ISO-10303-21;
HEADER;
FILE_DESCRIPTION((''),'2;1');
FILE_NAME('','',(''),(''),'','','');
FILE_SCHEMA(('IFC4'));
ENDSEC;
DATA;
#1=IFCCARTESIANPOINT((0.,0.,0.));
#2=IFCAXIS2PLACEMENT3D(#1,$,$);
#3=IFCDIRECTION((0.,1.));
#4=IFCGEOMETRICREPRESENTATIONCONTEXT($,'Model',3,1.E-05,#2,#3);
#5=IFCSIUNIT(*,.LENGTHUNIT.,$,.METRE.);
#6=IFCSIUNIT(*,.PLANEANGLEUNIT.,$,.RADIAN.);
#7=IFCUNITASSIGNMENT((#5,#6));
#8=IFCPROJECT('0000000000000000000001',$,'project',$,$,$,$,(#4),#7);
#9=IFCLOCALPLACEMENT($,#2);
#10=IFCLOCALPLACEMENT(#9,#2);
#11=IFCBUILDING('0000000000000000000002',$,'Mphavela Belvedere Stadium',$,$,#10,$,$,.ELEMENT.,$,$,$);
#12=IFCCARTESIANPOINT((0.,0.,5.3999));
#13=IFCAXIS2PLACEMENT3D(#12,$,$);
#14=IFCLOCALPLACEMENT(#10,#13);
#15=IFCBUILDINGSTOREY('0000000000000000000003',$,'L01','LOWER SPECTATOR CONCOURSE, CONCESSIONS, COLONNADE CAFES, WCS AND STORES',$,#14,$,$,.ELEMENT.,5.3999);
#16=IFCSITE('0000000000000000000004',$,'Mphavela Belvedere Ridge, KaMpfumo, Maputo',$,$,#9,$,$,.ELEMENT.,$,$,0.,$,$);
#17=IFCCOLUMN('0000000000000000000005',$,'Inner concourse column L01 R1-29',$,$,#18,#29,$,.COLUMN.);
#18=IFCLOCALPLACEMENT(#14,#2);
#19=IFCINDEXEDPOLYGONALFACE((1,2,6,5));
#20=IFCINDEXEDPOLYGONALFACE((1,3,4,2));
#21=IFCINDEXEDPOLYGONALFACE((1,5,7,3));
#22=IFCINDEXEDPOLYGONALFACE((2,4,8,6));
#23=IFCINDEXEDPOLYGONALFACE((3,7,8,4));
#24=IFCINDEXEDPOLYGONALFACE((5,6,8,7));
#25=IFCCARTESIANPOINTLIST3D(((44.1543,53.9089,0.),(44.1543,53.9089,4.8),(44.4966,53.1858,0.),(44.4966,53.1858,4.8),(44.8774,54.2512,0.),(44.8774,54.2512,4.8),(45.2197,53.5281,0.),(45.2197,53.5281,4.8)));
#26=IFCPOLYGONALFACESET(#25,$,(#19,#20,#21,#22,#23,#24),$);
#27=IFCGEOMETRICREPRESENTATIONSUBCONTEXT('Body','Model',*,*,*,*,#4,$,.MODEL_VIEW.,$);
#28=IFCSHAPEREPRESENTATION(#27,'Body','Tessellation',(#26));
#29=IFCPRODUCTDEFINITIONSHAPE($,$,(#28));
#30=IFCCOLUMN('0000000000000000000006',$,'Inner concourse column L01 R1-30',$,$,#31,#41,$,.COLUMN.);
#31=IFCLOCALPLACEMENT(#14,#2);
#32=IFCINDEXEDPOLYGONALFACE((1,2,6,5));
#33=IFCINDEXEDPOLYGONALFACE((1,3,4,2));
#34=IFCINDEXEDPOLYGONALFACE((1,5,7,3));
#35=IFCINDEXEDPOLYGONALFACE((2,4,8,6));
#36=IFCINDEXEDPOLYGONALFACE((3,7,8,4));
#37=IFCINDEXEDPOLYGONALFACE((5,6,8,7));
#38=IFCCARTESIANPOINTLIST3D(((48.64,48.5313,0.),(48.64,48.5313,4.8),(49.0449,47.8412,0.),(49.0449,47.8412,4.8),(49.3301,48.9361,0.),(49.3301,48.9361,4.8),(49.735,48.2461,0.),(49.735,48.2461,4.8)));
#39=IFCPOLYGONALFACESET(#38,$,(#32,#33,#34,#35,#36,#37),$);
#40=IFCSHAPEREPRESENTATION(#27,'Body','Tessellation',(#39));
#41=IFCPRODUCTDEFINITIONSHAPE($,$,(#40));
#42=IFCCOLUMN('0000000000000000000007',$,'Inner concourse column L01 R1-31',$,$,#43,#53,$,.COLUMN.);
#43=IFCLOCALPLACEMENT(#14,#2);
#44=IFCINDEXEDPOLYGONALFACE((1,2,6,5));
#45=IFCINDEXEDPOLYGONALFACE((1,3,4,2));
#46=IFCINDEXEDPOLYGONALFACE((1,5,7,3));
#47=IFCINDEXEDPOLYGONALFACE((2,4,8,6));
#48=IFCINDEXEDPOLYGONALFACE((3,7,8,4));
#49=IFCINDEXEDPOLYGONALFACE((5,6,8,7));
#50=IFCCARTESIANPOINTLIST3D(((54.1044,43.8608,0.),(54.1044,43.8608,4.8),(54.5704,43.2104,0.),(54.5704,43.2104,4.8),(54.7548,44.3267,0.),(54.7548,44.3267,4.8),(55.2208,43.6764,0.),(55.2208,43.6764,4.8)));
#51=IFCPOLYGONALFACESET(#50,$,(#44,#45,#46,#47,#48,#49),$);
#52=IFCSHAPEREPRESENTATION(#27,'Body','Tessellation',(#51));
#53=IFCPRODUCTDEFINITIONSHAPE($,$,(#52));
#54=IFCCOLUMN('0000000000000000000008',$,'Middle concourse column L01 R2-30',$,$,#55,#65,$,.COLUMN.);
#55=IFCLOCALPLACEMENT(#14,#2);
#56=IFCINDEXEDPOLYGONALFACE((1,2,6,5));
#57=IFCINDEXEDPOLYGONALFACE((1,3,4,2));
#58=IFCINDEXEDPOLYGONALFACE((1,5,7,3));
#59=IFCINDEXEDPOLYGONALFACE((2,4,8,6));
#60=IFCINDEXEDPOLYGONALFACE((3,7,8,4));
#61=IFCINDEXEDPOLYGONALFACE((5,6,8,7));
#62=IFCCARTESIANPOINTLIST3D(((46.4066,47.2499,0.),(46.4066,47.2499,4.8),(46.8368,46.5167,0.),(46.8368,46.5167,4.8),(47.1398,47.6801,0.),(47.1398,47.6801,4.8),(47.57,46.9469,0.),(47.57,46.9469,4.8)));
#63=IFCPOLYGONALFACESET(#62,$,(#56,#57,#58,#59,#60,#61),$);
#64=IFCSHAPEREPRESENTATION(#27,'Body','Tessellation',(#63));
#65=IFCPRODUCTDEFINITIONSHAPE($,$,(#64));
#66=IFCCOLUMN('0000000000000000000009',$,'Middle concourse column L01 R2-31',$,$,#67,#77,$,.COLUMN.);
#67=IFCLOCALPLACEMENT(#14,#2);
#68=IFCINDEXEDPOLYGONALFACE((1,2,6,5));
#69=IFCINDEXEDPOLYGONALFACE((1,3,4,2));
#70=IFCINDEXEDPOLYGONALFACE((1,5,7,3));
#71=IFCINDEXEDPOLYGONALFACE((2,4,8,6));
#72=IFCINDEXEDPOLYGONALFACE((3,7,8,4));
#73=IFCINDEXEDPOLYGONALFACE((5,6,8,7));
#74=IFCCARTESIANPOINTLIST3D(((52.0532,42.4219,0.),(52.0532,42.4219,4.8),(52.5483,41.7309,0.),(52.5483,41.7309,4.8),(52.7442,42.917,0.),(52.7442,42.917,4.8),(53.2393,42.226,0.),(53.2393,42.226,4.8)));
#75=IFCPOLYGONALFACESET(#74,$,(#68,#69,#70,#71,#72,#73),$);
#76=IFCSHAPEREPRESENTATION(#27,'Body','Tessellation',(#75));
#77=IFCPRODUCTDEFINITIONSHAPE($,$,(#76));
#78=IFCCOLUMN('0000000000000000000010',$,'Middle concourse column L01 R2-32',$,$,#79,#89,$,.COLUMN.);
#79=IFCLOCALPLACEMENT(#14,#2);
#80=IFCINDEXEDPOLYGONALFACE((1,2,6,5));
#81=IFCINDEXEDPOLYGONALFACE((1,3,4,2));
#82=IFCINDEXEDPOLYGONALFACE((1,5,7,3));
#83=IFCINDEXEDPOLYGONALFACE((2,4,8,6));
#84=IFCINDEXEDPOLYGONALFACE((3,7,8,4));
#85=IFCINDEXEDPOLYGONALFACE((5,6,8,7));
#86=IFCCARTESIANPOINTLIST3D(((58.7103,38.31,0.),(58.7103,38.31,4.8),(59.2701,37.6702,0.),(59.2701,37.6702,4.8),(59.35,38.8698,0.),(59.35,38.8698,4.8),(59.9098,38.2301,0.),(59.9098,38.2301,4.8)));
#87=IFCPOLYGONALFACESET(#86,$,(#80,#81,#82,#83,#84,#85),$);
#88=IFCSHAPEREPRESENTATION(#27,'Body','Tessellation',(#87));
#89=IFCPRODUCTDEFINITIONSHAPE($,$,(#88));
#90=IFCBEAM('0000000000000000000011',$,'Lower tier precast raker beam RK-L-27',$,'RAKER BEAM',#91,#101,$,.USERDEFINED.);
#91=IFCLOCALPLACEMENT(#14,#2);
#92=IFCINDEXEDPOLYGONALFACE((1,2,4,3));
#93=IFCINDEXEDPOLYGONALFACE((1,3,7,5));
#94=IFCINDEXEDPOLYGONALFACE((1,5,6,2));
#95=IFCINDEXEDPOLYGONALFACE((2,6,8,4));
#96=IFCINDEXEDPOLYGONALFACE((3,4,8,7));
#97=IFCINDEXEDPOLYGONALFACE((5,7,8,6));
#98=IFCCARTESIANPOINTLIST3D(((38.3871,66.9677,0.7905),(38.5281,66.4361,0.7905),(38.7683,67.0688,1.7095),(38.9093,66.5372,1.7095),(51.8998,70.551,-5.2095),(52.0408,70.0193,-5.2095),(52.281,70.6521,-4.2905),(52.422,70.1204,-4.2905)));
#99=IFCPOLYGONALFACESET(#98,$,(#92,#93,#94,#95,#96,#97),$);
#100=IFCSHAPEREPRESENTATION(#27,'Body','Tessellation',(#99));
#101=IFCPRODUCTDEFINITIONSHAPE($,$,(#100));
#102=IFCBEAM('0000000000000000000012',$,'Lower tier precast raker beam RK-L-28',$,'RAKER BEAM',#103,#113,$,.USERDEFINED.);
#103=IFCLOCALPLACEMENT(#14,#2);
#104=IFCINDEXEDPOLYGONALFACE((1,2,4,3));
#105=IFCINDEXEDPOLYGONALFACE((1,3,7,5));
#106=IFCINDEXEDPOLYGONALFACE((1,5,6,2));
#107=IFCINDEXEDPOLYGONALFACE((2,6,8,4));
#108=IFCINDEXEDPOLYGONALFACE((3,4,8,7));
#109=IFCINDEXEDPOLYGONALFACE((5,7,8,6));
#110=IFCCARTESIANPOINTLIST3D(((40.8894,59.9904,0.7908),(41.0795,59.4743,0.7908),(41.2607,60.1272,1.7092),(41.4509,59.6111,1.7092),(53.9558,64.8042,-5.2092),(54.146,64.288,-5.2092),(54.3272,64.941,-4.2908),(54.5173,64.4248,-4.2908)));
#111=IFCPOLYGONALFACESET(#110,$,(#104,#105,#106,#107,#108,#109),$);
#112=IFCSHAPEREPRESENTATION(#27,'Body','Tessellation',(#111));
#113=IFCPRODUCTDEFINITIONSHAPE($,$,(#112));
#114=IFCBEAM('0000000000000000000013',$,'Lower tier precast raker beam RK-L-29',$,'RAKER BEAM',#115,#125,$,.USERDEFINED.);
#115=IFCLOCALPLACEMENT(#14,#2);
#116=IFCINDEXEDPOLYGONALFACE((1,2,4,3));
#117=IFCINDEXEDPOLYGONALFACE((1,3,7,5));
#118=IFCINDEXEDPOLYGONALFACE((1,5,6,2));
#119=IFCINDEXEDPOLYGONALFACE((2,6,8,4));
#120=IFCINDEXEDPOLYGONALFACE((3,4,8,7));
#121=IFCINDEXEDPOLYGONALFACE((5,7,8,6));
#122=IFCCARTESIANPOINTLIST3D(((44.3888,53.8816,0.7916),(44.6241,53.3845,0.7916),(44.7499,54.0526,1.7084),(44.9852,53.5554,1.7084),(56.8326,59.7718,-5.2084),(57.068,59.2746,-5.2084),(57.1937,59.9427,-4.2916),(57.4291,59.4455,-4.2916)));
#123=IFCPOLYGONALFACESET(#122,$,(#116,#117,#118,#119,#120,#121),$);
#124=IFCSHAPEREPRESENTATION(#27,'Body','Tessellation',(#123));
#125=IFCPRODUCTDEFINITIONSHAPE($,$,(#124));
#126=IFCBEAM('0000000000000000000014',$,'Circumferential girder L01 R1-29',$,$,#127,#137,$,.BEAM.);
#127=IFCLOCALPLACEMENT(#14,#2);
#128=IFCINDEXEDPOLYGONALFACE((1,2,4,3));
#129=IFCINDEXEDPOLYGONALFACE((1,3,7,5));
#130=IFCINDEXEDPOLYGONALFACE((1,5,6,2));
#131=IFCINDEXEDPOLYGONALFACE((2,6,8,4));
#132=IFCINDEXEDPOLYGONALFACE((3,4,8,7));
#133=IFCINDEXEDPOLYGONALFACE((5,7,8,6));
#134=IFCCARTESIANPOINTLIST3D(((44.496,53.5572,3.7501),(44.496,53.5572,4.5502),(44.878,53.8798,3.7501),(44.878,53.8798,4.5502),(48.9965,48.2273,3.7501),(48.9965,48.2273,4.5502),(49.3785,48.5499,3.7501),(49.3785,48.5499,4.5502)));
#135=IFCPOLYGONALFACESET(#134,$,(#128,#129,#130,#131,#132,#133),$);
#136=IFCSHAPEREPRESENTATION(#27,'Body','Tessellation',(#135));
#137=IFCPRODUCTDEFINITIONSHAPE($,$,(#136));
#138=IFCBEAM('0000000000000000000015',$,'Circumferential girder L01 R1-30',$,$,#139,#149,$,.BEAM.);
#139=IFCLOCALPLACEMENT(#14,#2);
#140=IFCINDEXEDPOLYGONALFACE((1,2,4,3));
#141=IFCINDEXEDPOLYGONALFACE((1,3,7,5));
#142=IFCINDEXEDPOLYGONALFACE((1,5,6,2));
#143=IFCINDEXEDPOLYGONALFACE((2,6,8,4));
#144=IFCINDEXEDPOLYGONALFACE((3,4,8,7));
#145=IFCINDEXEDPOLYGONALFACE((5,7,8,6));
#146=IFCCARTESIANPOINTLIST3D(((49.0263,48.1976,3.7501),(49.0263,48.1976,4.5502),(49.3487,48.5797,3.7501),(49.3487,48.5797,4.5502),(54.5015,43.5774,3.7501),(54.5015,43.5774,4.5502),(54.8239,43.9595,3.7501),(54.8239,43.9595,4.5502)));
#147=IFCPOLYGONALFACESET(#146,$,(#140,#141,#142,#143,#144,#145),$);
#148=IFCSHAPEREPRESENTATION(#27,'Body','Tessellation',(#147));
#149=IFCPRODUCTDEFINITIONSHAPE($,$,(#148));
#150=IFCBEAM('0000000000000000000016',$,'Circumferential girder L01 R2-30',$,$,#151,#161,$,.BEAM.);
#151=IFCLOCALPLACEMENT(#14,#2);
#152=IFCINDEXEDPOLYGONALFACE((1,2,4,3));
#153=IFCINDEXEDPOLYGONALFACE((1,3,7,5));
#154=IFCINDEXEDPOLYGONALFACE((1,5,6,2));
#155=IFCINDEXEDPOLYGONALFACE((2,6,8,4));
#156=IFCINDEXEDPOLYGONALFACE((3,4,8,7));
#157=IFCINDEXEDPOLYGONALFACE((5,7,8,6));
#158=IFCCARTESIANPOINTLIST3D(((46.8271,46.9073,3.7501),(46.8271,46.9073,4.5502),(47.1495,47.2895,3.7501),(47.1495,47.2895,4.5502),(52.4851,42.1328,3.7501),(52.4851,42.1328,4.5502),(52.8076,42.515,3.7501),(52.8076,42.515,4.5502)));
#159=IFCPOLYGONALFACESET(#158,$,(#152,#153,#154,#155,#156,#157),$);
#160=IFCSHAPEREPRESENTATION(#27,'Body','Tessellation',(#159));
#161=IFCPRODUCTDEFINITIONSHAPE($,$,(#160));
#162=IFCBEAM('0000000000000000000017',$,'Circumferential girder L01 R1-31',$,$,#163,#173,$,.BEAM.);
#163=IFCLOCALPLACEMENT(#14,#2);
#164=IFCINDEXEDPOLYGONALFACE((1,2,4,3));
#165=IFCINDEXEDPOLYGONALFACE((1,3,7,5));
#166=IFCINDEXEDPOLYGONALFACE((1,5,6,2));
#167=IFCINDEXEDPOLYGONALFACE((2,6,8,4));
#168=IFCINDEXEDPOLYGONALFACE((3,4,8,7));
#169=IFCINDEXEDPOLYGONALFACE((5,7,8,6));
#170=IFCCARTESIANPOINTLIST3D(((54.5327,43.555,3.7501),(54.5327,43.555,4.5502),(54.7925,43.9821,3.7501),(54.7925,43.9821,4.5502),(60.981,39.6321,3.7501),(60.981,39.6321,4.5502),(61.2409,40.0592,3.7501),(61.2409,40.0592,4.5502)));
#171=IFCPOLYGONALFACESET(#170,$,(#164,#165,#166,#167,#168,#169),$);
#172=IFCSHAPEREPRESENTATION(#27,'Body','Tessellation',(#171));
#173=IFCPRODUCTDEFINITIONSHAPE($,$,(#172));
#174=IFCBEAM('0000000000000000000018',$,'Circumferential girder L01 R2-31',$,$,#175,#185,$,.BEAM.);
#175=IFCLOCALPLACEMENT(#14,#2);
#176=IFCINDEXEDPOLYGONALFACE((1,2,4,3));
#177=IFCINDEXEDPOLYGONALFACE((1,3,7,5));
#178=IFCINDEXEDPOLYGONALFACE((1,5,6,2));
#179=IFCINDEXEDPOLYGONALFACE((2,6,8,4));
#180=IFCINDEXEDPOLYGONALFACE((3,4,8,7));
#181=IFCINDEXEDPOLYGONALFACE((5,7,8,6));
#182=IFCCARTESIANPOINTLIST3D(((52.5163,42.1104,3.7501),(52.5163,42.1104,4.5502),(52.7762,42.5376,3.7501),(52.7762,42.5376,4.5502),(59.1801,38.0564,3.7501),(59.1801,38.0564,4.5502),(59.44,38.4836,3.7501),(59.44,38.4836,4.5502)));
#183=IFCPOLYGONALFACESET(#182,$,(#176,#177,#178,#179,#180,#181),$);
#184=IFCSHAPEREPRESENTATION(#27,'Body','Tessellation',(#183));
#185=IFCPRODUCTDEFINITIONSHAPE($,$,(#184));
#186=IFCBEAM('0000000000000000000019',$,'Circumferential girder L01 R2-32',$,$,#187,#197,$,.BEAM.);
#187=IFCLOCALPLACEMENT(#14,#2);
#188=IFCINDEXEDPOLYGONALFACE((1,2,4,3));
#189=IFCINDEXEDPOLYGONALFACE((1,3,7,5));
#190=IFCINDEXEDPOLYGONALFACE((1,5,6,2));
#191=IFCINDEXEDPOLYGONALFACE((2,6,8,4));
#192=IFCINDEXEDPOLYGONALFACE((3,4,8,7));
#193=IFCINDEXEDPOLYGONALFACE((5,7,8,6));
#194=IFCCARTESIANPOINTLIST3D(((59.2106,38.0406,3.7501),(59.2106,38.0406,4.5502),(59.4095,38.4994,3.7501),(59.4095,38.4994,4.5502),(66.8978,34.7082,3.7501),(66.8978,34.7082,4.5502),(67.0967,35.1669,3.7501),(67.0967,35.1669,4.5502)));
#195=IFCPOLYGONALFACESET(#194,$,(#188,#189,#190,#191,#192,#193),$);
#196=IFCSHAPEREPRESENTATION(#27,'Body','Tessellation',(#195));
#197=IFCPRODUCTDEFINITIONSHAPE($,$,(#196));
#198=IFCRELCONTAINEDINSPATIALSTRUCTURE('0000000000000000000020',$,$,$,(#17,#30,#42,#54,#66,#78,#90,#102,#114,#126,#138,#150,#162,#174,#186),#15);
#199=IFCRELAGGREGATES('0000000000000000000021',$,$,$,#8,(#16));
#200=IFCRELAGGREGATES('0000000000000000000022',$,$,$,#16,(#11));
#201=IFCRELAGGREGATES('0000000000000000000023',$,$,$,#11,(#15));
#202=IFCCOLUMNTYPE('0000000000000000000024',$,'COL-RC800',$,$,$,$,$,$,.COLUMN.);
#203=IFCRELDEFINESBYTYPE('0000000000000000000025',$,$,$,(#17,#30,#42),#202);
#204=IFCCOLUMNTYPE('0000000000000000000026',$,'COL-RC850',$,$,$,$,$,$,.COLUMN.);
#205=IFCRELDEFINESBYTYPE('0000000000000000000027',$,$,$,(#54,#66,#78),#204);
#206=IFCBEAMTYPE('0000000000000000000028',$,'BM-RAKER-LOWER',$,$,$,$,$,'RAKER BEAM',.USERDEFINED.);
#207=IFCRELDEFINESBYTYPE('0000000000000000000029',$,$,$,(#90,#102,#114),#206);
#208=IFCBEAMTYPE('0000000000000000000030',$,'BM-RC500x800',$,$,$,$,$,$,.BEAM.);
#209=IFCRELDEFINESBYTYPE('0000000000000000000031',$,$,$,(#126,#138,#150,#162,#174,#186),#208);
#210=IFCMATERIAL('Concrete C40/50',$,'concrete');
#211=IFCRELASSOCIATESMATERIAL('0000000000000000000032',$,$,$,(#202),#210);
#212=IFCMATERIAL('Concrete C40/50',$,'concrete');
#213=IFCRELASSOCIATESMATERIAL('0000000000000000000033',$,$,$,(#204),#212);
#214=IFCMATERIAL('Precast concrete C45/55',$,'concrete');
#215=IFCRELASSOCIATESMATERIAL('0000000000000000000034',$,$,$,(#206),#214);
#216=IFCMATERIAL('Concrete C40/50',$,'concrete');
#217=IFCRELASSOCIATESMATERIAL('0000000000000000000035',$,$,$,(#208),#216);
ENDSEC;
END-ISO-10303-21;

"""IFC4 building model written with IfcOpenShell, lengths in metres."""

from ifc_helpers import new_model, si_unit, direction, frame, origin, origin_2d, place, context, subcontext, project, spatial, rectangle, extrude, material, material_profile, profile_set, type_object, element, save


model = new_model("IFC4")

# Units and contexts
model_context = context("Model", 3, precision=1e-05, world=origin(), true_north=direction((0.0, 1.0)))
body_context = subcontext(model_context, "Body", "Model", "MODEL_VIEW")
ifc_project = project(units=[si_unit("LENGTHUNIT", "METRE"), si_unit("PLANEANGLEUNIT", "RADIAN")], contexts=[model_context])

# Site, building, storey
site_placement = place(None, origin())
site = spatial("IfcSite", under=ifc_project, at=site_placement, Name="Mphavela Belvedere Ridge, KaMpfumo, Maputo", CompositionType="ELEMENT", RefElevation=0.0)
building_placement = place(site_placement, origin())
building = spatial("IfcBuilding", under=site, at=building_placement, Name="Mphavela Belvedere Stadium", CompositionType="ELEMENT")
storey_placement = place(building_placement, frame((0.0, 0.0, 5.3999)))
storey = spatial("IfcBuildingStorey", under=building, at=storey_placement, Name="L01", Description="LOWER SPECTATOR CONCOURSE, CONCESSIONS, COLONNADE CAFES, WCS AND STORES", CompositionType="ELEMENT", Elevation=5.3999)

# Columns
ifc_material_1 = material(Name="Concrete C40/50", Category="concrete")
ifc_material_profile_1 = material_profile(ifc_material_1, rectangle(XDim=0.8, YDim=0.8, at=origin_2d()), Name="RC 800x800")
ifc_profile_set_1 = profile_set([ifc_material_profile_1], Name="Concrete C40/50")
column_type_1 = type_object("IfcColumnType", Name="COL-RC800", PredefinedType="COLUMN", material=ifc_profile_set_1)
for number, where, z_axis, x_axis, name in (
    (1, (44.687, 53.7185, 0.0), (0.0, 0.0, 1.0), (-0.903859, -0.427831, 0.0), "Inner concourse column L01 R1-29"),
    (2, (49.1875, 48.3887, 0.0), (0.0, 0.0, 1.0), (-0.862514, -0.506034, 0.0), "Inner concourse column L01 R1-30"),
    (3, (54.6626, 43.7686, 0.0), (0.0, 0.0, 1.0), (-0.812898, -0.582407, 0.0), "Inner concourse column L01 R1-31"),
):
    element("IfcColumn", number, at=place(storey_placement, frame(where, z_axis=z_axis, x_axis=x_axis)), inside=storey, type_object=column_type_1, Name=name, PredefinedType="COLUMN", context=body_context, shape_type="SweptSolid", body=[
        extrude(rectangle(XDim=0.8, YDim=0.8, at=origin_2d()), origin(), (0.0, 0.0, 1.0), 4.8),
    ])
ifc_material_2 = material(Name="Concrete C40/50", Category="concrete")
ifc_material_profile_2 = material_profile(ifc_material_2, rectangle(XDim=0.8501, YDim=0.8501, at=origin_2d()), Name="RC 850x850")
ifc_profile_set_2 = profile_set([ifc_material_profile_2], Name="Concrete C40/50")
column_type_2 = type_object("IfcColumnType", Name="COL-RC850", PredefinedType="COLUMN", material=ifc_profile_set_2)
for number, where, z_axis, x_axis, name in (
    (4, (46.9883, 47.0984, 0.0), (0.0, 0.0, 1.0), (-0.862514, -0.506034, 0.0), "Middle concourse column L01 R2-30"),
    (5, (52.6462, 42.324, 0.0), (0.0, 0.0, 1.0), (-0.812898, -0.582407, 0.0), "Middle concourse column L01 R2-31"),
    (6, (59.3101, 38.27, 0.0), (0.0, 0.0, 1.0), (-0.75253, -0.658558, 0.0), "Middle concourse column L01 R2-32"),
):
    element("IfcColumn", number, at=place(storey_placement, frame(where, z_axis=z_axis, x_axis=x_axis)), inside=storey, type_object=column_type_2, Name=name, PredefinedType="COLUMN", context=body_context, shape_type="SweptSolid", body=[
        extrude(rectangle(XDim=0.8501, YDim=0.8501, at=origin_2d()), origin(), (0.0, 0.0, 1.0), 4.8),
    ])

# Beams
ifc_material_3 = material(Name="Precast concrete C45/55", Category="concrete")
ifc_material_profile_3 = material_profile(ifc_material_3, rectangle(XDim=0.55, YDim=1.0, at=origin_2d()), Name="PC 550x1000")
ifc_profile_set_3 = profile_set([ifc_material_profile_3], Name="Precast concrete C45/55")
beam_type_1 = type_object("IfcBeamType", Name="BM-RAKER-LOWER", ElementType="RAKER BEAM", PredefinedType="USERDEFINED", material=ifc_profile_set_3)
beam_1_placement = place(storey_placement, frame((52.1609, 70.3357, -4.75), z_axis=(-0.888239, -0.23554, 0.394402), x_axis=(0.256318, -0.966593, 0.0)))
element("IfcBeam", 7, at=beam_1_placement, inside=storey, type_object=beam_type_1, Name="Lower tier precast raker beam RK-L-27", ObjectType="RAKER BEAM", PredefinedType="USERDEFINED", context=body_context, shape_type="SweptSolid", body=[
    extrude(rectangle(XDim=0.55, YDim=1.0, at=origin_2d()), origin(), (0.0, 0.0, 1.0), 15.2129),
])
beam_2_placement = place(storey_placement, frame((54.2366, 64.6145, -4.75), z_axis=(-0.861755, -0.317474, 0.395712), x_axis=(0.345692, -0.938348, 0.0)))
element("IfcBeam", 8, at=beam_2_placement, inside=storey, type_object=beam_type_1, Name="Lower tier precast raker beam RK-L-28", ObjectType="RAKER BEAM", PredefinedType="USERDEFINED", context=body_context, shape_type="SweptSolid", body=[
    extrude(rectangle(XDim=0.55, YDim=1.0, at=origin_2d()), origin(), (0.0, 0.0, 1.0), 15.1626),
])
beam_3_placement = place(storey_placement, frame((57.1309, 59.6086, -4.75), z_axis=(-0.828591, -0.392203, 0.399518), x_axis=(0.42783, -0.903859, 0.0)))
element("IfcBeam", 9, at=beam_3_placement, inside=storey, type_object=beam_type_1, Name="Lower tier precast raker beam RK-L-29", ObjectType="RAKER BEAM", PredefinedType="USERDEFINED", context=body_context, shape_type="SweptSolid", body=[
    extrude(rectangle(XDim=0.55, YDim=1.0, at=origin_2d()), origin(), (0.0, 0.0, 1.0), 15.0181),
])
ifc_material_4 = material(Name="Concrete C40/50", Category="concrete")
ifc_material_profile_4 = material_profile(ifc_material_4, rectangle(XDim=0.5, YDim=0.8, at=origin_2d()), Name="RC 500x800")
ifc_profile_set_4 = profile_set([ifc_material_profile_4], Name="Concrete C40/50")
beam_type_2 = type_object("IfcBeamType", Name="BM-RC500x800", PredefinedType="BEAM", material=ifc_profile_set_4)
beam_4_placement = place(storey_placement, frame((44.687, 53.7185, 4.1501), z_axis=(0.645159, -0.764048, 0.0), x_axis=(0.764048, 0.645159, 0.0)))
element("IfcBeam", 10, at=beam_4_placement, inside=storey, type_object=beam_type_2, Name="Circumferential girder L01 R1-29", PredefinedType="BEAM", context=body_context, shape_type="SweptSolid", body=[
    extrude(rectangle(XDim=0.5, YDim=0.8, at=origin_2d()), origin(), (0.0, 0.0, 1.0), 6.9758),
])
beam_5_placement = place(storey_placement, frame((49.1875, 48.3887, 4.1501), z_axis=(0.764257, -0.644912, 0.0), x_axis=(0.644912, 0.764257, 0.0)))
element("IfcBeam", 11, at=beam_5_placement, inside=storey, type_object=beam_type_2, Name="Circumferential girder L01 R1-30", PredefinedType="BEAM", context=body_context, shape_type="SweptSolid", body=[
    extrude(rectangle(XDim=0.5, YDim=0.8, at=origin_2d()), origin(), (0.0, 0.0, 1.0), 7.1641),
])
beam_6_placement = place(storey_placement, frame((46.9883, 47.0984, 4.1501), z_axis=(0.764257, -0.644911, 0.0), x_axis=(0.644911, 0.764257, 0.0)))
element("IfcBeam", 12, at=beam_6_placement, inside=storey, type_object=beam_type_2, Name="Circumferential girder L01 R2-30", PredefinedType="BEAM", context=body_context, shape_type="SweptSolid", body=[
    extrude(rectangle(XDim=0.5, YDim=0.8, at=origin_2d()), origin(), (0.0, 0.0, 1.0), 7.4033),
])
beam_7_placement = place(storey_placement, frame((54.6626, 43.7686, 4.1501), z_axis=(0.854326, -0.519738, 0.0), x_axis=(0.519738, 0.854326, 0.0)))
element("IfcBeam", 13, at=beam_7_placement, inside=storey, type_object=beam_type_2, Name="Circumferential girder L01 R1-31", PredefinedType="BEAM", context=body_context, shape_type="SweptSolid", body=[
    extrude(rectangle(XDim=0.5, YDim=0.8, at=origin_2d()), origin(), (0.0, 0.0, 1.0), 7.5479),
])
beam_8_placement = place(storey_placement, frame((52.6462, 42.324, 4.1501), z_axis=(0.854328, -0.519733, 0.0), x_axis=(0.519733, 0.854328, 0.0)))
element("IfcBeam", 14, at=beam_8_placement, inside=storey, type_object=beam_type_2, Name="Circumferential girder L01 R2-31", PredefinedType="BEAM", context=body_context, shape_type="SweptSolid", body=[
    extrude(rectangle(XDim=0.5, YDim=0.8, at=origin_2d()), origin(), (0.0, 0.0, 1.0), 7.8),
])
beam_9_placement = place(storey_placement, frame((59.3101, 38.27, 4.1501), z_axis=(0.917496, -0.397746, 0.0), x_axis=(0.397746, 0.917496, 0.0)))
element("IfcBeam", 15, at=beam_9_placement, inside=storey, type_object=beam_type_2, Name="Circumferential girder L01 R2-32", PredefinedType="BEAM", context=body_context, shape_type="SweptSolid", body=[
    extrude(rectangle(XDim=0.5, YDim=0.8, at=origin_2d()), origin(), (0.0, 0.0, 1.0), 8.3784),
])

save(model, "model.ifc")
